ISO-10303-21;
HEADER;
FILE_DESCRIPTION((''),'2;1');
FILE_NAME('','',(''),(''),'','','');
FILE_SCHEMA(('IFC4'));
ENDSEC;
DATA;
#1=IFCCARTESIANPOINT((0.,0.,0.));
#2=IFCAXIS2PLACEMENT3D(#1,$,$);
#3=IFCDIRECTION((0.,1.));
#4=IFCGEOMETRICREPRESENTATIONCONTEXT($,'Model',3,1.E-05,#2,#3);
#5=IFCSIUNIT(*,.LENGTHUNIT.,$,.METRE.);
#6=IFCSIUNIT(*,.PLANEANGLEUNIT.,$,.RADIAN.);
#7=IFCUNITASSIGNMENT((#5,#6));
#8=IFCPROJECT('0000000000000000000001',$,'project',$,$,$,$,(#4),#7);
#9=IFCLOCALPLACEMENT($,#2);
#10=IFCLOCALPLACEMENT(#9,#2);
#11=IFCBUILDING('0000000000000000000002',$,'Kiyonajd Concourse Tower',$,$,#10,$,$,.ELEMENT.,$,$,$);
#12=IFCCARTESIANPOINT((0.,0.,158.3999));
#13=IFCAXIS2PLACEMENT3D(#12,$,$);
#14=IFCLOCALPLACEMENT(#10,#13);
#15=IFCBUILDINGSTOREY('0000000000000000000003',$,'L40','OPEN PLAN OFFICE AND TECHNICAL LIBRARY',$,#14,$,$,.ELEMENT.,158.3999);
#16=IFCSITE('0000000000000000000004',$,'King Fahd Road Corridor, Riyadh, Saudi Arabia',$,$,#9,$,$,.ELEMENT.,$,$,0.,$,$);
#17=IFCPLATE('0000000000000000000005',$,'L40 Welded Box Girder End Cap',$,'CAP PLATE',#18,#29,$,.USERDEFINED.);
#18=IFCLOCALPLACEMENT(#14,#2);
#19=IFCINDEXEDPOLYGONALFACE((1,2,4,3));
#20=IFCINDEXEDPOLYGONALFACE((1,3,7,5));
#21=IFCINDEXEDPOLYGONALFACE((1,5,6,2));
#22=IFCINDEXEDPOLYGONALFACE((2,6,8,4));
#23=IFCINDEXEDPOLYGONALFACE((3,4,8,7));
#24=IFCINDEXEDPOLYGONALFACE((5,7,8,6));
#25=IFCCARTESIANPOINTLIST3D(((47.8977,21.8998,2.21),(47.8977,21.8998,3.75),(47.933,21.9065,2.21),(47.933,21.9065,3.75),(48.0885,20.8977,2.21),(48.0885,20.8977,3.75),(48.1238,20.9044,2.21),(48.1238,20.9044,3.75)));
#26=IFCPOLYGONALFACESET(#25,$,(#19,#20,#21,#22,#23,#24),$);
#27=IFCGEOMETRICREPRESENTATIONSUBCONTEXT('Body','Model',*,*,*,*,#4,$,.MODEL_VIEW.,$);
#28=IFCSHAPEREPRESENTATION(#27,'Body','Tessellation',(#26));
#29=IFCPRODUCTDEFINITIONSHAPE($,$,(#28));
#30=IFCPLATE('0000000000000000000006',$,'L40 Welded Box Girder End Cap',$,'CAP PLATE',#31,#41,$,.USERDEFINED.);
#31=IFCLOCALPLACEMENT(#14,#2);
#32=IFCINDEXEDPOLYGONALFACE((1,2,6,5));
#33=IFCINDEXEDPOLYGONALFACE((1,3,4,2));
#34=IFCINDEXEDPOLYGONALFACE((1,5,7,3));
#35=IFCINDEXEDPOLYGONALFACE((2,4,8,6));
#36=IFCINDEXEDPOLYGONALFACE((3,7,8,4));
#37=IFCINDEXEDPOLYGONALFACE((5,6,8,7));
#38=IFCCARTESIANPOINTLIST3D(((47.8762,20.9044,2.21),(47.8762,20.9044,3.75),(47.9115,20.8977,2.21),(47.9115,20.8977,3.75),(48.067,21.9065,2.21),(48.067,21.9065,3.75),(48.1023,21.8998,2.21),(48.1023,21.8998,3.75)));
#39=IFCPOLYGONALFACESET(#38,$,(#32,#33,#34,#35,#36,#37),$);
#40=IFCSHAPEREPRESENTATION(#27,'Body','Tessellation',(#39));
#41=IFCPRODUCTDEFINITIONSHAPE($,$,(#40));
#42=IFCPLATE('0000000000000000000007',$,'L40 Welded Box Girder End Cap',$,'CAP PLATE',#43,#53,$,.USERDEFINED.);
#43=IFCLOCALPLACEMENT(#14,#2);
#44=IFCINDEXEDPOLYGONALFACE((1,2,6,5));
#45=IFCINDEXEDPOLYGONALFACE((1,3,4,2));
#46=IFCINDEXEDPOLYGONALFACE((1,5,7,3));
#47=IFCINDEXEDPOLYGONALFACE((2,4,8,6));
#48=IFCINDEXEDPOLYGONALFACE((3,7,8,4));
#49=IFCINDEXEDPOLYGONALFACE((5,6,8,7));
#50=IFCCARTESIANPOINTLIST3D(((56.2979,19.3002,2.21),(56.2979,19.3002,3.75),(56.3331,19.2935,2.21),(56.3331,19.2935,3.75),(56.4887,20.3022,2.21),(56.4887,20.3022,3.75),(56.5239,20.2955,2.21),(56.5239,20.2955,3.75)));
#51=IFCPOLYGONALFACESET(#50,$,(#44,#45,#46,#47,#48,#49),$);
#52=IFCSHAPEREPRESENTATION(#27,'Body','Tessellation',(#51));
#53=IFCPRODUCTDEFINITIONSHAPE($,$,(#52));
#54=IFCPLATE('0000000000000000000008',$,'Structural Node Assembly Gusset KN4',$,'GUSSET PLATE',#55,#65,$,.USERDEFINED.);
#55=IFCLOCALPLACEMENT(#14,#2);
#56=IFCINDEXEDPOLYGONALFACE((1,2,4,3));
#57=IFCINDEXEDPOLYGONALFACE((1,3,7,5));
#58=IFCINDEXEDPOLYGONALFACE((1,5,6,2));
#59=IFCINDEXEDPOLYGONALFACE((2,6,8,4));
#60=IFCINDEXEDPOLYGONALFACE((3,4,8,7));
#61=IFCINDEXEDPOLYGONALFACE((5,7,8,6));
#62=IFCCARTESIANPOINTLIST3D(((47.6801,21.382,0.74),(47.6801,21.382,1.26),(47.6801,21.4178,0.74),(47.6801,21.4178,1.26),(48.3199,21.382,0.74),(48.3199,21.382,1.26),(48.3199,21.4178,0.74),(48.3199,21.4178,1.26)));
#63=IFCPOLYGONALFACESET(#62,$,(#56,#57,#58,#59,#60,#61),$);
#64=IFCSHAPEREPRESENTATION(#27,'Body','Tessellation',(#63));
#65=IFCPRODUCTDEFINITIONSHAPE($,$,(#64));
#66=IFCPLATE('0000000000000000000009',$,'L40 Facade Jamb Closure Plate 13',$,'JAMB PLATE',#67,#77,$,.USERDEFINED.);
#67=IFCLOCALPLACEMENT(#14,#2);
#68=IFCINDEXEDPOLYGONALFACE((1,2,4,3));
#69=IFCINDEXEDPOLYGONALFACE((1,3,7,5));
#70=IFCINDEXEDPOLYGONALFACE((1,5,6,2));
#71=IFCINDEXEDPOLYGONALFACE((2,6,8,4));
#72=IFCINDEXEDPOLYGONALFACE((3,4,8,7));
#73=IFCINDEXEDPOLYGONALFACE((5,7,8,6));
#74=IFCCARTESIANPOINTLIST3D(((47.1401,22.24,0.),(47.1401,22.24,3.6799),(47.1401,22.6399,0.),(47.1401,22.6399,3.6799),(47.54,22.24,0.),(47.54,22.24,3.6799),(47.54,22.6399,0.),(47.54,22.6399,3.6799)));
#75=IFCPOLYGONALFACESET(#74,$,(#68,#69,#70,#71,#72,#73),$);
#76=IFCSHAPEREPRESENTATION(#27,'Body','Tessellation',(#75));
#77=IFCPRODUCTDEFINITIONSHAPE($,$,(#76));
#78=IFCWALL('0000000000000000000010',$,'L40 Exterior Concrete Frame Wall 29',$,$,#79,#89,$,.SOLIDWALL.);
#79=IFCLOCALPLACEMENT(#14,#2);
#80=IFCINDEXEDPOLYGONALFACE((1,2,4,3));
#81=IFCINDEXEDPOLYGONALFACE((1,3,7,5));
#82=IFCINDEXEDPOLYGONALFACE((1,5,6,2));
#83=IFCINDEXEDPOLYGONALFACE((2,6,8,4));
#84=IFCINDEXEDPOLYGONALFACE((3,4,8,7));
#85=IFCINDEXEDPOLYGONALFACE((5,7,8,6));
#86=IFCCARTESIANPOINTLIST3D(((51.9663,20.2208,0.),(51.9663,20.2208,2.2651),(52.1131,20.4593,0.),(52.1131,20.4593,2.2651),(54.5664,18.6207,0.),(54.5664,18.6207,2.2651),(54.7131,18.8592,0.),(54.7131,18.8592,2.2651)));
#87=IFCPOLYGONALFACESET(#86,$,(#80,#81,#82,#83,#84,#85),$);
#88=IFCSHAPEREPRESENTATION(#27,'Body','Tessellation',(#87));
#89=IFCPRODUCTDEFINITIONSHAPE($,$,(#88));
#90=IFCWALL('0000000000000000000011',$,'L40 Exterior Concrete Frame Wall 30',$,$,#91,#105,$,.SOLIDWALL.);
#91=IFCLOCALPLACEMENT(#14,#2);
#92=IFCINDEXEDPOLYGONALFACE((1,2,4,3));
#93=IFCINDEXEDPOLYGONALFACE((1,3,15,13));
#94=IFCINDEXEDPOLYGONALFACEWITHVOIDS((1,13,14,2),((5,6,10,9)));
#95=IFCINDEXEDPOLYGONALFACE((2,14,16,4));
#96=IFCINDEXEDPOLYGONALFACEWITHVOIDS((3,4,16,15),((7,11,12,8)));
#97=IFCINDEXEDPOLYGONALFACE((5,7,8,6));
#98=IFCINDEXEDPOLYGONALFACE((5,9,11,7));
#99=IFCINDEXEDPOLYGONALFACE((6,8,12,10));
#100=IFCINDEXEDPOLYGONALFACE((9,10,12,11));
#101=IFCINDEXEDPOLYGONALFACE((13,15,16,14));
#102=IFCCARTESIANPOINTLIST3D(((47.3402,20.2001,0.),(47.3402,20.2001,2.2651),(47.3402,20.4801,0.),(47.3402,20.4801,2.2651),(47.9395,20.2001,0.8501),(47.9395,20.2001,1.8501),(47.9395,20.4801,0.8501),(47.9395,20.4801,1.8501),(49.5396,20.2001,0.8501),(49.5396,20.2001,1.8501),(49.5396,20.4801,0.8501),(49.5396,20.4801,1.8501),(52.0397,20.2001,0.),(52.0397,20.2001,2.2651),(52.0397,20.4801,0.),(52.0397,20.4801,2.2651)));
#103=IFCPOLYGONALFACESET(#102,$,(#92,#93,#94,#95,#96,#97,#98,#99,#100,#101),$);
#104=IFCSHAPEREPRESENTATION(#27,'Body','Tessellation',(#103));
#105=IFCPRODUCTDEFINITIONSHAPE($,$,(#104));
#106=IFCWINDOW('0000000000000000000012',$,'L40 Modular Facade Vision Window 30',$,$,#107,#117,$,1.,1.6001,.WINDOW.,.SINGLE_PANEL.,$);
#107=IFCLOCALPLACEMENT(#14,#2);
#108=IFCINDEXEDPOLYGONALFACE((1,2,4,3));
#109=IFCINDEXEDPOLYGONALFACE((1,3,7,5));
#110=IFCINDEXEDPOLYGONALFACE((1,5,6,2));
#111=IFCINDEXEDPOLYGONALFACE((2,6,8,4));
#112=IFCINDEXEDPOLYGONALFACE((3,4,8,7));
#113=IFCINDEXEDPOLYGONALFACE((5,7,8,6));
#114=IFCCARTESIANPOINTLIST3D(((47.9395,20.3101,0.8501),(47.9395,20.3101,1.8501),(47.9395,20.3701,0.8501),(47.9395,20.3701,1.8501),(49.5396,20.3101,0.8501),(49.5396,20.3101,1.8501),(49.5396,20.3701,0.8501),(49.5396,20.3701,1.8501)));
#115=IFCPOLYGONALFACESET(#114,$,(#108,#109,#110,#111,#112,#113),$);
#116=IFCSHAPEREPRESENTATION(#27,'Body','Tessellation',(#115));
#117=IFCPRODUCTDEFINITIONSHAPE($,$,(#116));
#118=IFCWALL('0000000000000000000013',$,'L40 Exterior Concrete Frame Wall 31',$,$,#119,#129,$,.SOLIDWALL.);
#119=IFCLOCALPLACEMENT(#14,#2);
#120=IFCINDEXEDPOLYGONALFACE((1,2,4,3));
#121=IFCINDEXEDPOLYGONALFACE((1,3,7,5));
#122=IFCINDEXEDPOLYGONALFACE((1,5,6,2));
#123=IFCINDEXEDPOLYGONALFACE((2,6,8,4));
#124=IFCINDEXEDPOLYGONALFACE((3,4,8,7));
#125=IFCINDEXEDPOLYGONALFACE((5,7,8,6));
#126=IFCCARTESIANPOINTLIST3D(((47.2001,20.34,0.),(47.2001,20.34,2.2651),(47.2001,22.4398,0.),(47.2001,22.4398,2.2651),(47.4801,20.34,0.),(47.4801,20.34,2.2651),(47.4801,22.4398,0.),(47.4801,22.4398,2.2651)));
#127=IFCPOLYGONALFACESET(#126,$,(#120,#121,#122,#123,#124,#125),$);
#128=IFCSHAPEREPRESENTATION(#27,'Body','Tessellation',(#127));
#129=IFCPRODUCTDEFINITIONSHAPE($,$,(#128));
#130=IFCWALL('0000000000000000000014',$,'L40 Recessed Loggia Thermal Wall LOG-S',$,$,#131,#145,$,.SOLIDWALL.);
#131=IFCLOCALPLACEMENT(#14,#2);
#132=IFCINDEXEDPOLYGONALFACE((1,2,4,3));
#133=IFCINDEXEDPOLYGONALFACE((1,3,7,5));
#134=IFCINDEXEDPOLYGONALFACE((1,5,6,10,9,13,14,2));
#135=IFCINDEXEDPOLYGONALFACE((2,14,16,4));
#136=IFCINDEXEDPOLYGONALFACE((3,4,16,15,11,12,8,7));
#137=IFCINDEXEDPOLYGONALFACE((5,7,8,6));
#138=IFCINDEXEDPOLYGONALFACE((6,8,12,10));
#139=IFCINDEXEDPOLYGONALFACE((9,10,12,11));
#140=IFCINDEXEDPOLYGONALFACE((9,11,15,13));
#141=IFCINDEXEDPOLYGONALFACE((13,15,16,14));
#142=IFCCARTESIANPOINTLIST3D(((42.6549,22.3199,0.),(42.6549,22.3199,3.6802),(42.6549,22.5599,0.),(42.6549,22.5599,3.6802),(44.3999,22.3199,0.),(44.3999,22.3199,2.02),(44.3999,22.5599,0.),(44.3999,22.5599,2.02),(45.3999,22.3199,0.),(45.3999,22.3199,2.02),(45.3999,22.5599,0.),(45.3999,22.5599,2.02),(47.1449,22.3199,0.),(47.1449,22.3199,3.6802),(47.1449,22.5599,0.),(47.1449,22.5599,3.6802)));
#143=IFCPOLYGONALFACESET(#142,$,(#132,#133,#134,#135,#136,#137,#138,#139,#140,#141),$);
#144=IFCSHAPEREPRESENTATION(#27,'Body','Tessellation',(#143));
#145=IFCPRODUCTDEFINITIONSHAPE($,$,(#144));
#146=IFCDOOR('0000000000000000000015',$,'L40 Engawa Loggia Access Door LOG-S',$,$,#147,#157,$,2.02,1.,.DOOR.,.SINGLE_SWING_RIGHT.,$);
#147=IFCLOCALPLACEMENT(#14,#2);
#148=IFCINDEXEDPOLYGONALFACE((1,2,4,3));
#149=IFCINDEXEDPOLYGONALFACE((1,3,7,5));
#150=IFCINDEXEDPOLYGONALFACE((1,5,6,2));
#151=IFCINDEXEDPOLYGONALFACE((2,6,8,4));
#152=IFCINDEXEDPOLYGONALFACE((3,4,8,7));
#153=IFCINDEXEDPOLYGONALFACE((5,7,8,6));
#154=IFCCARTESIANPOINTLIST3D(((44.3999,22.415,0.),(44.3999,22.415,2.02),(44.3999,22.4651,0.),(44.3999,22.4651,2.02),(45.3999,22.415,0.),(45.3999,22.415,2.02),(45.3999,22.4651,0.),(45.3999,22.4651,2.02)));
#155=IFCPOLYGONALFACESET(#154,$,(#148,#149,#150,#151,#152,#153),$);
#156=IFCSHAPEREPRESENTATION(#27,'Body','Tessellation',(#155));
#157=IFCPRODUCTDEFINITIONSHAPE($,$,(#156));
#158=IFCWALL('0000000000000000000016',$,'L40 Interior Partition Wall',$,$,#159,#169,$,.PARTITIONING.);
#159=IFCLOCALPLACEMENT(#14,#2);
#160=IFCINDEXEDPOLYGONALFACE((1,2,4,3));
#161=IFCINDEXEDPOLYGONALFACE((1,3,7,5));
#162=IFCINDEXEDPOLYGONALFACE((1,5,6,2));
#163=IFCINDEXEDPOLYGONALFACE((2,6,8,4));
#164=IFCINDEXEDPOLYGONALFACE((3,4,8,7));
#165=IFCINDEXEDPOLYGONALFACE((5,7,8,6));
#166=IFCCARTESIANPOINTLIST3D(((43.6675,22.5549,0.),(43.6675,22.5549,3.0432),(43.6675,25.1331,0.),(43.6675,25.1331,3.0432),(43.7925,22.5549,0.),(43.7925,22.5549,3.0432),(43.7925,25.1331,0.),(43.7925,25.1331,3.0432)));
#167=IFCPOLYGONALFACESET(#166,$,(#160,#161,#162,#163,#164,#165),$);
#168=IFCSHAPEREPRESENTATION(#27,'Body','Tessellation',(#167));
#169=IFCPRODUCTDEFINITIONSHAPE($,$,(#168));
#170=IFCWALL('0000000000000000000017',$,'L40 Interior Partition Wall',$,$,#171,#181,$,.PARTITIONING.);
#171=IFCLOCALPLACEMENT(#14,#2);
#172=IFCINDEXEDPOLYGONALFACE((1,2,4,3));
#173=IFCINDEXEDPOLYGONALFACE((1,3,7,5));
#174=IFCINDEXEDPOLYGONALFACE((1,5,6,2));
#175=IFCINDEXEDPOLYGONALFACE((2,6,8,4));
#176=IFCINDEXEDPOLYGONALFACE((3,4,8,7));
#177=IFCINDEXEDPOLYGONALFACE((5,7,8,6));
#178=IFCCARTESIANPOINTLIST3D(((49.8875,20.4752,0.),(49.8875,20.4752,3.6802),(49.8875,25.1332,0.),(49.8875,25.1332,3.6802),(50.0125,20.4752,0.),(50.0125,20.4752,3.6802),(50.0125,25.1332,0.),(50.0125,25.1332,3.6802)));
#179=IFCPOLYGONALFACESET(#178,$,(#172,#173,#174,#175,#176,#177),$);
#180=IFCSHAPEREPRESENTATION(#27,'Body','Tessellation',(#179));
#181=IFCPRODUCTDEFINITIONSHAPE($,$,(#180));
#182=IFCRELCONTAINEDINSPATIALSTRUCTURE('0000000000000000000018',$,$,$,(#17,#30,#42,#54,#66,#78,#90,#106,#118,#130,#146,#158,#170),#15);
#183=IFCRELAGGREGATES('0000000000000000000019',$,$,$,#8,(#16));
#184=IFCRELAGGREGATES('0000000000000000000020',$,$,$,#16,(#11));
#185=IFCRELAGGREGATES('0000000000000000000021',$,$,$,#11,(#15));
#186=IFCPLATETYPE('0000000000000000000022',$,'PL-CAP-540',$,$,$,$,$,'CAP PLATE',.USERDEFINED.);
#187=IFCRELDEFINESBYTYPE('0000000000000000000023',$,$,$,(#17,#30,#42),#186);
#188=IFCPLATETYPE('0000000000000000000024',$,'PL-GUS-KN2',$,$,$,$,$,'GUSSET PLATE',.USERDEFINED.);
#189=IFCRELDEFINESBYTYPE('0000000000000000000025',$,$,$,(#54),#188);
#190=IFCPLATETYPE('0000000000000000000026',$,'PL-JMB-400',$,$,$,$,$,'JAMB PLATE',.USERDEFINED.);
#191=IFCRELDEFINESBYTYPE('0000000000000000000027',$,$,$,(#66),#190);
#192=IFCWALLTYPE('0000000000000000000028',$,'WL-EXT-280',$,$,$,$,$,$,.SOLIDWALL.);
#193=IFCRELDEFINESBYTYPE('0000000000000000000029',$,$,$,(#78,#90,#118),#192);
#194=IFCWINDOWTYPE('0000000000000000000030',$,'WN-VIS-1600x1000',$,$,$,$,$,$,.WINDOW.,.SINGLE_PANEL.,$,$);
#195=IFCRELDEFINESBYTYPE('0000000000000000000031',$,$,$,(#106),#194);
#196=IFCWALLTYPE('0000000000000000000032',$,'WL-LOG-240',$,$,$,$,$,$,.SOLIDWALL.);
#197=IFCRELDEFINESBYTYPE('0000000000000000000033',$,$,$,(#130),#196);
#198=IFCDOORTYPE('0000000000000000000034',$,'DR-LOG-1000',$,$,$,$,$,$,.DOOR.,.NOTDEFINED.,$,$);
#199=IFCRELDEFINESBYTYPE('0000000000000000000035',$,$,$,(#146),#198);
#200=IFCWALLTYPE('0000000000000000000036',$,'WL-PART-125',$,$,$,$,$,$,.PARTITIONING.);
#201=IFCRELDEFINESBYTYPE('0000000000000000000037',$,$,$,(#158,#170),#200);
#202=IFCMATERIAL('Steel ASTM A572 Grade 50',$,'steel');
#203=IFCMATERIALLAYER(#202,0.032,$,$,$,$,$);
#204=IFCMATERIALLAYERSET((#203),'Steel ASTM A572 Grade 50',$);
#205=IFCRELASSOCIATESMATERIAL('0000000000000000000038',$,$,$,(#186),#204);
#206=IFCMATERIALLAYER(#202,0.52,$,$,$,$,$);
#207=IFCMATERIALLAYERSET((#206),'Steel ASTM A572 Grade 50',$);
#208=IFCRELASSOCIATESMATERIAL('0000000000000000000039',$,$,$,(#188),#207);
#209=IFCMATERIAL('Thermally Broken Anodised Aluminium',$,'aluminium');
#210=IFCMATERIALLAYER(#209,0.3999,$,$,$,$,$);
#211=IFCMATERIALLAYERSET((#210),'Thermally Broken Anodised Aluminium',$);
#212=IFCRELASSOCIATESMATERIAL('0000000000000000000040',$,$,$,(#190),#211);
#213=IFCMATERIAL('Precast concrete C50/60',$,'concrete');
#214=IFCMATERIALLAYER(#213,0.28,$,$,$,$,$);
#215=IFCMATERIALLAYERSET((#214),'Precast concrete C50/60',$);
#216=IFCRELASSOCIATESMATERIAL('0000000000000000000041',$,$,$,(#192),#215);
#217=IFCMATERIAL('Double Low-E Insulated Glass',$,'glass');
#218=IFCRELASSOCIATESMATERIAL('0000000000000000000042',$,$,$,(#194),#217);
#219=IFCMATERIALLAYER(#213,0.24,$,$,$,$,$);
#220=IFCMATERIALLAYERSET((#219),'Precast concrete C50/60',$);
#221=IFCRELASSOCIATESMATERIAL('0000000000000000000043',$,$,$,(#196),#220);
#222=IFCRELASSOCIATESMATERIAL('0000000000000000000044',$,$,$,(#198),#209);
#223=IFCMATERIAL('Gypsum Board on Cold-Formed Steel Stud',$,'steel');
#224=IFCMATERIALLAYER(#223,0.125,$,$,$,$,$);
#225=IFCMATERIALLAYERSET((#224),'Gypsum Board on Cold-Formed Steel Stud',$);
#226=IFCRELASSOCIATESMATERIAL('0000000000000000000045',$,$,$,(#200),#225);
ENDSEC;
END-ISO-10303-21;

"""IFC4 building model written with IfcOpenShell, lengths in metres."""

from ifc_helpers import new_model, si_unit, direction, frame, frame_2d, origin, origin_2d, place, context, subcontext, project, spatial, rectangle, extrude, material, layer, layer_set, type_object, element, fill, save


model = new_model("IFC4")

# Units and contexts
model_context = context("Model", 3, precision=1e-05, world=origin(), true_north=direction((0.0, 1.0)))
body_context = subcontext(model_context, "Body", "Model", "MODEL_VIEW")
ifc_project = project(units=[si_unit("LENGTHUNIT", "METRE"), si_unit("PLANEANGLEUNIT", "RADIAN")], contexts=[model_context])

# Site, building, storey
site_placement = place(None, origin())
site = spatial("IfcSite", under=ifc_project, at=site_placement, Name="King Fahd Road Corridor, Riyadh, Saudi Arabia", CompositionType="ELEMENT", RefElevation=0.0)
building_placement = place(site_placement, origin())
building = spatial("IfcBuilding", under=site, at=building_placement, Name="Kiyonajd Concourse Tower", CompositionType="ELEMENT")
storey_placement = place(building_placement, frame((0.0, 0.0, 158.3999)))
storey = spatial("IfcBuildingStorey", under=building, at=storey_placement, Name="L40", Description="OPEN PLAN OFFICE AND TECHNICAL LIBRARY", CompositionType="ELEMENT", Elevation=158.3999)

# Shared definitions
ifc_material_1 = material(Name="Steel ASTM A572 Grade 50", Category="steel")

# Plates
ifc_layer_1 = layer(ifc_material_1, 0.032)
ifc_layer_set_1 = layer_set([ifc_layer_1], Name="Steel ASTM A572 Grade 50")
plate_type_1 = type_object("IfcPlateType", Name="PL-CAP-540", ElementType="CAP PLATE", PredefinedType="USERDEFINED", material=ifc_layer_set_1)
for number, where, z_axis, x_axis, name in (
    (1, (48.0107, 21.4021, 2.21), (0.0, 0.0, 1.0), (0.982353, 0.187038, 0.0), "L40 Welded Box Girder End Cap"),
    (2, (47.9893, 21.4021, 2.21), (0.0, 0.0, 1.0), (-0.982353, 0.187038, 0.0), "L40 Welded Box Girder End Cap"),
    (3, (56.4109, 19.7979, 2.21), (0.0, 0.0, 1.0), (0.982353, -0.187038, 0.0), "L40 Welded Box Girder End Cap"),
):
    element("IfcPlate", number, at=place(storey_placement, frame(where, z_axis=z_axis, x_axis=x_axis)), inside=storey, type_object=plate_type_1, Name=name, ObjectType="CAP PLATE", PredefinedType="USERDEFINED", context=body_context, shape_type="SweptSolid", body=[
        extrude(rectangle(XDim=0.0359, YDim=1.02, at=origin_2d()), origin(), (0.0, 0.0, 1.0), 1.54),
    ])
ifc_layer_2 = layer(ifc_material_1, 0.52)
ifc_layer_set_2 = layer_set([ifc_layer_2], Name="Steel ASTM A572 Grade 50")
plate_type_2 = type_object("IfcPlateType", Name="PL-GUS-KN2", ElementType="GUSSET PLATE", PredefinedType="USERDEFINED", material=ifc_layer_set_2)
plate_1_placement = place(storey_placement, frame((48.0, 21.3999, 0.74), z_axis=(0.0, 0.0, 1.0), x_axis=(1.0, 0.0, 0.0)))
element("IfcPlate", 4, at=plate_1_placement, inside=storey, type_object=plate_type_2, Name="Structural Node Assembly Gusset KN4", ObjectType="GUSSET PLATE", PredefinedType="USERDEFINED", context=body_context, shape_type="SweptSolid", body=[
    extrude(rectangle(XDim=0.6399, YDim=0.0359, at=origin_2d()), origin(), (0.0, 0.0, 1.0), 0.52),
])
ifc_material_2 = material(Name="Thermally Broken Anodised Aluminium", Category="aluminium")
ifc_layer_3 = layer(ifc_material_2, 0.3999)
ifc_layer_set_3 = layer_set([ifc_layer_3], Name="Thermally Broken Anodised Aluminium")
plate_type_3 = type_object("IfcPlateType", Name="PL-JMB-400", ElementType="JAMB PLATE", PredefinedType="USERDEFINED", material=ifc_layer_set_3)
plate_2_placement = place(storey_placement, frame((47.3401, 22.4399, 0.0), z_axis=(0.0, 0.0, 1.0), x_axis=(1.0, 0.0, 0.0)))
element("IfcPlate", 5, at=plate_2_placement, inside=storey, type_object=plate_type_3, Name="L40 Facade Jamb Closure Plate 13", ObjectType="JAMB PLATE", PredefinedType="USERDEFINED", context=body_context, shape_type="SweptSolid", body=[
    extrude(rectangle(XDim=0.3999, YDim=0.3999, at=origin_2d()), origin(), (0.0, 0.0, 1.0), 3.6799),
])

# Wall
ifc_material_3 = material(Name="Precast concrete C50/60", Category="concrete")
ifc_layer_4 = layer(ifc_material_3, 0.28)
ifc_layer_set_4 = layer_set([ifc_layer_4], Name="Precast concrete C50/60")
wall_type_1 = type_object("IfcWallType", Name="WL-EXT-280", PredefinedType="SOLIDWALL", material=ifc_layer_set_4)
wall_1_placement = place(storey_placement, frame((54.6396, 18.74, 0.0), z_axis=(0.0, 0.0, 1.0), x_axis=(-0.851653, 0.524106, 0.0)))
element("IfcWall", 6, at=wall_1_placement, inside=storey, type_object=wall_type_1, Name="L40 Exterior Concrete Frame Wall 29", PredefinedType="SOLIDWALL", context=body_context, shape_type="SweptSolid", body=[
    extrude(rectangle(XDim=3.053, YDim=0.28, at=frame_2d((1.5264, 0.0))), origin(), (0.0, 0.0, 1.0), 2.2651),
])

# Wall, opening, window
wall_2_placement = place(storey_placement, frame((52.0396, 20.3401, 0.0), z_axis=(0.0, 0.0, 1.0), x_axis=(-1.0, 0.0, 0.0)))
wall_2 = element("IfcWall", 7, at=wall_2_placement, inside=storey, type_object=wall_type_1, Name="L40 Exterior Concrete Frame Wall 30", PredefinedType="SOLIDWALL", context=body_context, shape_type="SweptSolid", body=[
    extrude(rectangle(XDim=4.6995, YDim=0.28, at=frame_2d((2.3496, 0.0))), origin(), (0.0, 0.0, 1.0), 2.2651),
])
opening_1_placement = place(wall_2_placement, frame((2.5, 0.0, 0.8501)))
opening_1 = element("IfcOpeningElement", 8, at=opening_1_placement, cuts=wall_2, PredefinedType="OPENING", context=body_context, shape_type="SweptSolid", body=[
    extrude(rectangle(XDim=1.6001, YDim=1.0, at=frame_2d((0.8, 0.5))), frame((0.0, 0.1499, 0.0), z_axis=(0.0, -1.0, 0.0), x_axis=(1.0, 0.0, 0.0)), (0.0, 0.0, 1.0), 0.3),
])
ifc_material_4 = material(Name="Double Low-E Insulated Glass", Category="glass")
window_type = type_object("IfcWindowType", Name="WN-VIS-1600x1000", PartitioningType="SINGLE_PANEL", PredefinedType="WINDOW", material=ifc_material_4)
window_placement = place(opening_1_placement, origin())
window = element("IfcWindow", 9, at=window_placement, inside=storey, type_object=window_type, Name="L40 Modular Facade Vision Window 30", OverallHeight=1.0, OverallWidth=1.6001, PartitioningType="SINGLE_PANEL", PredefinedType="WINDOW", context=body_context, shape_type="SweptSolid", body=[
    extrude(rectangle(XDim=1.6001, YDim=1.0, at=frame_2d((0.8, 0.5))), frame((0.0, 0.03, 0.0), z_axis=(0.0, -1.0, 0.0), x_axis=(1.0, 0.0, 0.0)), (0.0, 0.0, 1.0), 0.0601),
])
fill(opening_1, window)

# Wall
wall_3_placement = place(storey_placement, frame((47.3401, 20.3401, 0.0), z_axis=(0.0, 0.0, 1.0), x_axis=(0.0, 1.0, 0.0)))
element("IfcWall", 10, at=wall_3_placement, inside=storey, type_object=wall_type_1, Name="L40 Exterior Concrete Frame Wall 31", PredefinedType="SOLIDWALL", context=body_context, shape_type="SweptSolid", body=[
    extrude(rectangle(XDim=2.0999, YDim=0.28, at=frame_2d((1.0498, 0.0))), origin(), (0.0, 0.0, 1.0), 2.2651),
])

# Wall, opening, door
ifc_layer_5 = layer(ifc_material_3, 0.24)
ifc_layer_set_5 = layer_set([ifc_layer_5], Name="Precast concrete C50/60")
wall_type_2 = type_object("IfcWallType", Name="WL-LOG-240", PredefinedType="SOLIDWALL", material=ifc_layer_set_5)
wall_4_placement = place(storey_placement, frame((47.145, 22.4399, 0.0), z_axis=(0.0, 0.0, 1.0), x_axis=(-1.0, 0.0, 0.0)))
wall_4 = element("IfcWall", 11, at=wall_4_placement, inside=storey, type_object=wall_type_2, Name="L40 Recessed Loggia Thermal Wall LOG-S", PredefinedType="SOLIDWALL", context=body_context, shape_type="SweptSolid", body=[
    extrude(rectangle(XDim=4.49, YDim=0.24, at=frame_2d((2.2451, 0.0))), origin(), (0.0, 0.0, 1.0), 3.6802),
])
opening_2_placement = place(wall_4_placement, frame((1.7451, 0.0, 0.0)))
opening_2 = element("IfcOpeningElement", 12, at=opening_2_placement, cuts=wall_4, PredefinedType="OPENING", context=body_context, shape_type="SweptSolid", body=[
    extrude(rectangle(XDim=1.0, YDim=2.02, at=frame_2d((0.5, 1.01))), frame((0.0, 0.1299, 0.0), z_axis=(0.0, -1.0, 0.0), x_axis=(1.0, 0.0, 0.0)), (0.0, 0.0, 1.0), 0.26),
])
door_type = type_object("IfcDoorType", Name="DR-LOG-1000", OperationType="NOTDEFINED", PredefinedType="DOOR", material=ifc_material_2)
door_placement = place(opening_2_placement, origin())
door = element("IfcDoor", 13, at=door_placement, inside=storey, type_object=door_type, Name="L40 Engawa Loggia Access Door LOG-S", OperationType="SINGLE_SWING_RIGHT", OverallHeight=2.02, OverallWidth=1.0, PredefinedType="DOOR", context=body_context, shape_type="SweptSolid", body=[
    extrude(rectangle(XDim=1.0, YDim=2.02, at=frame_2d((0.5, 1.01))), frame((0.0, 0.0249, 0.0), z_axis=(0.0, -1.0, 0.0), x_axis=(1.0, 0.0, 0.0)), (0.0, 0.0, 1.0), 0.05),
])
fill(opening_2, door)

# Walls
ifc_material_5 = material(Name="Gypsum Board on Cold-Formed Steel Stud", Category="steel")
ifc_layer_6 = layer(ifc_material_5, 0.125)
ifc_layer_set_6 = layer_set([ifc_layer_6], Name="Gypsum Board on Cold-Formed Steel Stud")
wall_type_3 = type_object("IfcWallType", Name="WL-PART-125", PredefinedType="PARTITIONING", material=ifc_layer_set_6)
wall_5_placement = place(storey_placement, frame((43.73, 22.5549, 0.0), z_axis=(0.0, 0.0, 1.0), x_axis=(0.0, 1.0, 0.0)))
element("IfcWall", 14, at=wall_5_placement, inside=storey, type_object=wall_type_3, Name="L40 Interior Partition Wall", PredefinedType="PARTITIONING", context=body_context, shape_type="SweptSolid", body=[
    extrude(rectangle(XDim=2.5781, YDim=0.125, at=frame_2d((1.2891, 0.0))), origin(), (0.0, 0.0, 1.0), 3.0432),
])
wall_6_placement = place(storey_placement, frame((49.95, 20.4751, 0.0), z_axis=(0.0, 0.0, 1.0), x_axis=(0.0, 1.0, 0.0)))
element("IfcWall", 15, at=wall_6_placement, inside=storey, type_object=wall_type_3, Name="L40 Interior Partition Wall", PredefinedType="PARTITIONING", context=body_context, shape_type="SweptSolid", body=[
    extrude(rectangle(XDim=4.658, YDim=0.125, at=frame_2d((2.3291, 0.0))), origin(), (0.0, 0.0, 1.0), 3.6802),
])

save(model, "model.ifc")
